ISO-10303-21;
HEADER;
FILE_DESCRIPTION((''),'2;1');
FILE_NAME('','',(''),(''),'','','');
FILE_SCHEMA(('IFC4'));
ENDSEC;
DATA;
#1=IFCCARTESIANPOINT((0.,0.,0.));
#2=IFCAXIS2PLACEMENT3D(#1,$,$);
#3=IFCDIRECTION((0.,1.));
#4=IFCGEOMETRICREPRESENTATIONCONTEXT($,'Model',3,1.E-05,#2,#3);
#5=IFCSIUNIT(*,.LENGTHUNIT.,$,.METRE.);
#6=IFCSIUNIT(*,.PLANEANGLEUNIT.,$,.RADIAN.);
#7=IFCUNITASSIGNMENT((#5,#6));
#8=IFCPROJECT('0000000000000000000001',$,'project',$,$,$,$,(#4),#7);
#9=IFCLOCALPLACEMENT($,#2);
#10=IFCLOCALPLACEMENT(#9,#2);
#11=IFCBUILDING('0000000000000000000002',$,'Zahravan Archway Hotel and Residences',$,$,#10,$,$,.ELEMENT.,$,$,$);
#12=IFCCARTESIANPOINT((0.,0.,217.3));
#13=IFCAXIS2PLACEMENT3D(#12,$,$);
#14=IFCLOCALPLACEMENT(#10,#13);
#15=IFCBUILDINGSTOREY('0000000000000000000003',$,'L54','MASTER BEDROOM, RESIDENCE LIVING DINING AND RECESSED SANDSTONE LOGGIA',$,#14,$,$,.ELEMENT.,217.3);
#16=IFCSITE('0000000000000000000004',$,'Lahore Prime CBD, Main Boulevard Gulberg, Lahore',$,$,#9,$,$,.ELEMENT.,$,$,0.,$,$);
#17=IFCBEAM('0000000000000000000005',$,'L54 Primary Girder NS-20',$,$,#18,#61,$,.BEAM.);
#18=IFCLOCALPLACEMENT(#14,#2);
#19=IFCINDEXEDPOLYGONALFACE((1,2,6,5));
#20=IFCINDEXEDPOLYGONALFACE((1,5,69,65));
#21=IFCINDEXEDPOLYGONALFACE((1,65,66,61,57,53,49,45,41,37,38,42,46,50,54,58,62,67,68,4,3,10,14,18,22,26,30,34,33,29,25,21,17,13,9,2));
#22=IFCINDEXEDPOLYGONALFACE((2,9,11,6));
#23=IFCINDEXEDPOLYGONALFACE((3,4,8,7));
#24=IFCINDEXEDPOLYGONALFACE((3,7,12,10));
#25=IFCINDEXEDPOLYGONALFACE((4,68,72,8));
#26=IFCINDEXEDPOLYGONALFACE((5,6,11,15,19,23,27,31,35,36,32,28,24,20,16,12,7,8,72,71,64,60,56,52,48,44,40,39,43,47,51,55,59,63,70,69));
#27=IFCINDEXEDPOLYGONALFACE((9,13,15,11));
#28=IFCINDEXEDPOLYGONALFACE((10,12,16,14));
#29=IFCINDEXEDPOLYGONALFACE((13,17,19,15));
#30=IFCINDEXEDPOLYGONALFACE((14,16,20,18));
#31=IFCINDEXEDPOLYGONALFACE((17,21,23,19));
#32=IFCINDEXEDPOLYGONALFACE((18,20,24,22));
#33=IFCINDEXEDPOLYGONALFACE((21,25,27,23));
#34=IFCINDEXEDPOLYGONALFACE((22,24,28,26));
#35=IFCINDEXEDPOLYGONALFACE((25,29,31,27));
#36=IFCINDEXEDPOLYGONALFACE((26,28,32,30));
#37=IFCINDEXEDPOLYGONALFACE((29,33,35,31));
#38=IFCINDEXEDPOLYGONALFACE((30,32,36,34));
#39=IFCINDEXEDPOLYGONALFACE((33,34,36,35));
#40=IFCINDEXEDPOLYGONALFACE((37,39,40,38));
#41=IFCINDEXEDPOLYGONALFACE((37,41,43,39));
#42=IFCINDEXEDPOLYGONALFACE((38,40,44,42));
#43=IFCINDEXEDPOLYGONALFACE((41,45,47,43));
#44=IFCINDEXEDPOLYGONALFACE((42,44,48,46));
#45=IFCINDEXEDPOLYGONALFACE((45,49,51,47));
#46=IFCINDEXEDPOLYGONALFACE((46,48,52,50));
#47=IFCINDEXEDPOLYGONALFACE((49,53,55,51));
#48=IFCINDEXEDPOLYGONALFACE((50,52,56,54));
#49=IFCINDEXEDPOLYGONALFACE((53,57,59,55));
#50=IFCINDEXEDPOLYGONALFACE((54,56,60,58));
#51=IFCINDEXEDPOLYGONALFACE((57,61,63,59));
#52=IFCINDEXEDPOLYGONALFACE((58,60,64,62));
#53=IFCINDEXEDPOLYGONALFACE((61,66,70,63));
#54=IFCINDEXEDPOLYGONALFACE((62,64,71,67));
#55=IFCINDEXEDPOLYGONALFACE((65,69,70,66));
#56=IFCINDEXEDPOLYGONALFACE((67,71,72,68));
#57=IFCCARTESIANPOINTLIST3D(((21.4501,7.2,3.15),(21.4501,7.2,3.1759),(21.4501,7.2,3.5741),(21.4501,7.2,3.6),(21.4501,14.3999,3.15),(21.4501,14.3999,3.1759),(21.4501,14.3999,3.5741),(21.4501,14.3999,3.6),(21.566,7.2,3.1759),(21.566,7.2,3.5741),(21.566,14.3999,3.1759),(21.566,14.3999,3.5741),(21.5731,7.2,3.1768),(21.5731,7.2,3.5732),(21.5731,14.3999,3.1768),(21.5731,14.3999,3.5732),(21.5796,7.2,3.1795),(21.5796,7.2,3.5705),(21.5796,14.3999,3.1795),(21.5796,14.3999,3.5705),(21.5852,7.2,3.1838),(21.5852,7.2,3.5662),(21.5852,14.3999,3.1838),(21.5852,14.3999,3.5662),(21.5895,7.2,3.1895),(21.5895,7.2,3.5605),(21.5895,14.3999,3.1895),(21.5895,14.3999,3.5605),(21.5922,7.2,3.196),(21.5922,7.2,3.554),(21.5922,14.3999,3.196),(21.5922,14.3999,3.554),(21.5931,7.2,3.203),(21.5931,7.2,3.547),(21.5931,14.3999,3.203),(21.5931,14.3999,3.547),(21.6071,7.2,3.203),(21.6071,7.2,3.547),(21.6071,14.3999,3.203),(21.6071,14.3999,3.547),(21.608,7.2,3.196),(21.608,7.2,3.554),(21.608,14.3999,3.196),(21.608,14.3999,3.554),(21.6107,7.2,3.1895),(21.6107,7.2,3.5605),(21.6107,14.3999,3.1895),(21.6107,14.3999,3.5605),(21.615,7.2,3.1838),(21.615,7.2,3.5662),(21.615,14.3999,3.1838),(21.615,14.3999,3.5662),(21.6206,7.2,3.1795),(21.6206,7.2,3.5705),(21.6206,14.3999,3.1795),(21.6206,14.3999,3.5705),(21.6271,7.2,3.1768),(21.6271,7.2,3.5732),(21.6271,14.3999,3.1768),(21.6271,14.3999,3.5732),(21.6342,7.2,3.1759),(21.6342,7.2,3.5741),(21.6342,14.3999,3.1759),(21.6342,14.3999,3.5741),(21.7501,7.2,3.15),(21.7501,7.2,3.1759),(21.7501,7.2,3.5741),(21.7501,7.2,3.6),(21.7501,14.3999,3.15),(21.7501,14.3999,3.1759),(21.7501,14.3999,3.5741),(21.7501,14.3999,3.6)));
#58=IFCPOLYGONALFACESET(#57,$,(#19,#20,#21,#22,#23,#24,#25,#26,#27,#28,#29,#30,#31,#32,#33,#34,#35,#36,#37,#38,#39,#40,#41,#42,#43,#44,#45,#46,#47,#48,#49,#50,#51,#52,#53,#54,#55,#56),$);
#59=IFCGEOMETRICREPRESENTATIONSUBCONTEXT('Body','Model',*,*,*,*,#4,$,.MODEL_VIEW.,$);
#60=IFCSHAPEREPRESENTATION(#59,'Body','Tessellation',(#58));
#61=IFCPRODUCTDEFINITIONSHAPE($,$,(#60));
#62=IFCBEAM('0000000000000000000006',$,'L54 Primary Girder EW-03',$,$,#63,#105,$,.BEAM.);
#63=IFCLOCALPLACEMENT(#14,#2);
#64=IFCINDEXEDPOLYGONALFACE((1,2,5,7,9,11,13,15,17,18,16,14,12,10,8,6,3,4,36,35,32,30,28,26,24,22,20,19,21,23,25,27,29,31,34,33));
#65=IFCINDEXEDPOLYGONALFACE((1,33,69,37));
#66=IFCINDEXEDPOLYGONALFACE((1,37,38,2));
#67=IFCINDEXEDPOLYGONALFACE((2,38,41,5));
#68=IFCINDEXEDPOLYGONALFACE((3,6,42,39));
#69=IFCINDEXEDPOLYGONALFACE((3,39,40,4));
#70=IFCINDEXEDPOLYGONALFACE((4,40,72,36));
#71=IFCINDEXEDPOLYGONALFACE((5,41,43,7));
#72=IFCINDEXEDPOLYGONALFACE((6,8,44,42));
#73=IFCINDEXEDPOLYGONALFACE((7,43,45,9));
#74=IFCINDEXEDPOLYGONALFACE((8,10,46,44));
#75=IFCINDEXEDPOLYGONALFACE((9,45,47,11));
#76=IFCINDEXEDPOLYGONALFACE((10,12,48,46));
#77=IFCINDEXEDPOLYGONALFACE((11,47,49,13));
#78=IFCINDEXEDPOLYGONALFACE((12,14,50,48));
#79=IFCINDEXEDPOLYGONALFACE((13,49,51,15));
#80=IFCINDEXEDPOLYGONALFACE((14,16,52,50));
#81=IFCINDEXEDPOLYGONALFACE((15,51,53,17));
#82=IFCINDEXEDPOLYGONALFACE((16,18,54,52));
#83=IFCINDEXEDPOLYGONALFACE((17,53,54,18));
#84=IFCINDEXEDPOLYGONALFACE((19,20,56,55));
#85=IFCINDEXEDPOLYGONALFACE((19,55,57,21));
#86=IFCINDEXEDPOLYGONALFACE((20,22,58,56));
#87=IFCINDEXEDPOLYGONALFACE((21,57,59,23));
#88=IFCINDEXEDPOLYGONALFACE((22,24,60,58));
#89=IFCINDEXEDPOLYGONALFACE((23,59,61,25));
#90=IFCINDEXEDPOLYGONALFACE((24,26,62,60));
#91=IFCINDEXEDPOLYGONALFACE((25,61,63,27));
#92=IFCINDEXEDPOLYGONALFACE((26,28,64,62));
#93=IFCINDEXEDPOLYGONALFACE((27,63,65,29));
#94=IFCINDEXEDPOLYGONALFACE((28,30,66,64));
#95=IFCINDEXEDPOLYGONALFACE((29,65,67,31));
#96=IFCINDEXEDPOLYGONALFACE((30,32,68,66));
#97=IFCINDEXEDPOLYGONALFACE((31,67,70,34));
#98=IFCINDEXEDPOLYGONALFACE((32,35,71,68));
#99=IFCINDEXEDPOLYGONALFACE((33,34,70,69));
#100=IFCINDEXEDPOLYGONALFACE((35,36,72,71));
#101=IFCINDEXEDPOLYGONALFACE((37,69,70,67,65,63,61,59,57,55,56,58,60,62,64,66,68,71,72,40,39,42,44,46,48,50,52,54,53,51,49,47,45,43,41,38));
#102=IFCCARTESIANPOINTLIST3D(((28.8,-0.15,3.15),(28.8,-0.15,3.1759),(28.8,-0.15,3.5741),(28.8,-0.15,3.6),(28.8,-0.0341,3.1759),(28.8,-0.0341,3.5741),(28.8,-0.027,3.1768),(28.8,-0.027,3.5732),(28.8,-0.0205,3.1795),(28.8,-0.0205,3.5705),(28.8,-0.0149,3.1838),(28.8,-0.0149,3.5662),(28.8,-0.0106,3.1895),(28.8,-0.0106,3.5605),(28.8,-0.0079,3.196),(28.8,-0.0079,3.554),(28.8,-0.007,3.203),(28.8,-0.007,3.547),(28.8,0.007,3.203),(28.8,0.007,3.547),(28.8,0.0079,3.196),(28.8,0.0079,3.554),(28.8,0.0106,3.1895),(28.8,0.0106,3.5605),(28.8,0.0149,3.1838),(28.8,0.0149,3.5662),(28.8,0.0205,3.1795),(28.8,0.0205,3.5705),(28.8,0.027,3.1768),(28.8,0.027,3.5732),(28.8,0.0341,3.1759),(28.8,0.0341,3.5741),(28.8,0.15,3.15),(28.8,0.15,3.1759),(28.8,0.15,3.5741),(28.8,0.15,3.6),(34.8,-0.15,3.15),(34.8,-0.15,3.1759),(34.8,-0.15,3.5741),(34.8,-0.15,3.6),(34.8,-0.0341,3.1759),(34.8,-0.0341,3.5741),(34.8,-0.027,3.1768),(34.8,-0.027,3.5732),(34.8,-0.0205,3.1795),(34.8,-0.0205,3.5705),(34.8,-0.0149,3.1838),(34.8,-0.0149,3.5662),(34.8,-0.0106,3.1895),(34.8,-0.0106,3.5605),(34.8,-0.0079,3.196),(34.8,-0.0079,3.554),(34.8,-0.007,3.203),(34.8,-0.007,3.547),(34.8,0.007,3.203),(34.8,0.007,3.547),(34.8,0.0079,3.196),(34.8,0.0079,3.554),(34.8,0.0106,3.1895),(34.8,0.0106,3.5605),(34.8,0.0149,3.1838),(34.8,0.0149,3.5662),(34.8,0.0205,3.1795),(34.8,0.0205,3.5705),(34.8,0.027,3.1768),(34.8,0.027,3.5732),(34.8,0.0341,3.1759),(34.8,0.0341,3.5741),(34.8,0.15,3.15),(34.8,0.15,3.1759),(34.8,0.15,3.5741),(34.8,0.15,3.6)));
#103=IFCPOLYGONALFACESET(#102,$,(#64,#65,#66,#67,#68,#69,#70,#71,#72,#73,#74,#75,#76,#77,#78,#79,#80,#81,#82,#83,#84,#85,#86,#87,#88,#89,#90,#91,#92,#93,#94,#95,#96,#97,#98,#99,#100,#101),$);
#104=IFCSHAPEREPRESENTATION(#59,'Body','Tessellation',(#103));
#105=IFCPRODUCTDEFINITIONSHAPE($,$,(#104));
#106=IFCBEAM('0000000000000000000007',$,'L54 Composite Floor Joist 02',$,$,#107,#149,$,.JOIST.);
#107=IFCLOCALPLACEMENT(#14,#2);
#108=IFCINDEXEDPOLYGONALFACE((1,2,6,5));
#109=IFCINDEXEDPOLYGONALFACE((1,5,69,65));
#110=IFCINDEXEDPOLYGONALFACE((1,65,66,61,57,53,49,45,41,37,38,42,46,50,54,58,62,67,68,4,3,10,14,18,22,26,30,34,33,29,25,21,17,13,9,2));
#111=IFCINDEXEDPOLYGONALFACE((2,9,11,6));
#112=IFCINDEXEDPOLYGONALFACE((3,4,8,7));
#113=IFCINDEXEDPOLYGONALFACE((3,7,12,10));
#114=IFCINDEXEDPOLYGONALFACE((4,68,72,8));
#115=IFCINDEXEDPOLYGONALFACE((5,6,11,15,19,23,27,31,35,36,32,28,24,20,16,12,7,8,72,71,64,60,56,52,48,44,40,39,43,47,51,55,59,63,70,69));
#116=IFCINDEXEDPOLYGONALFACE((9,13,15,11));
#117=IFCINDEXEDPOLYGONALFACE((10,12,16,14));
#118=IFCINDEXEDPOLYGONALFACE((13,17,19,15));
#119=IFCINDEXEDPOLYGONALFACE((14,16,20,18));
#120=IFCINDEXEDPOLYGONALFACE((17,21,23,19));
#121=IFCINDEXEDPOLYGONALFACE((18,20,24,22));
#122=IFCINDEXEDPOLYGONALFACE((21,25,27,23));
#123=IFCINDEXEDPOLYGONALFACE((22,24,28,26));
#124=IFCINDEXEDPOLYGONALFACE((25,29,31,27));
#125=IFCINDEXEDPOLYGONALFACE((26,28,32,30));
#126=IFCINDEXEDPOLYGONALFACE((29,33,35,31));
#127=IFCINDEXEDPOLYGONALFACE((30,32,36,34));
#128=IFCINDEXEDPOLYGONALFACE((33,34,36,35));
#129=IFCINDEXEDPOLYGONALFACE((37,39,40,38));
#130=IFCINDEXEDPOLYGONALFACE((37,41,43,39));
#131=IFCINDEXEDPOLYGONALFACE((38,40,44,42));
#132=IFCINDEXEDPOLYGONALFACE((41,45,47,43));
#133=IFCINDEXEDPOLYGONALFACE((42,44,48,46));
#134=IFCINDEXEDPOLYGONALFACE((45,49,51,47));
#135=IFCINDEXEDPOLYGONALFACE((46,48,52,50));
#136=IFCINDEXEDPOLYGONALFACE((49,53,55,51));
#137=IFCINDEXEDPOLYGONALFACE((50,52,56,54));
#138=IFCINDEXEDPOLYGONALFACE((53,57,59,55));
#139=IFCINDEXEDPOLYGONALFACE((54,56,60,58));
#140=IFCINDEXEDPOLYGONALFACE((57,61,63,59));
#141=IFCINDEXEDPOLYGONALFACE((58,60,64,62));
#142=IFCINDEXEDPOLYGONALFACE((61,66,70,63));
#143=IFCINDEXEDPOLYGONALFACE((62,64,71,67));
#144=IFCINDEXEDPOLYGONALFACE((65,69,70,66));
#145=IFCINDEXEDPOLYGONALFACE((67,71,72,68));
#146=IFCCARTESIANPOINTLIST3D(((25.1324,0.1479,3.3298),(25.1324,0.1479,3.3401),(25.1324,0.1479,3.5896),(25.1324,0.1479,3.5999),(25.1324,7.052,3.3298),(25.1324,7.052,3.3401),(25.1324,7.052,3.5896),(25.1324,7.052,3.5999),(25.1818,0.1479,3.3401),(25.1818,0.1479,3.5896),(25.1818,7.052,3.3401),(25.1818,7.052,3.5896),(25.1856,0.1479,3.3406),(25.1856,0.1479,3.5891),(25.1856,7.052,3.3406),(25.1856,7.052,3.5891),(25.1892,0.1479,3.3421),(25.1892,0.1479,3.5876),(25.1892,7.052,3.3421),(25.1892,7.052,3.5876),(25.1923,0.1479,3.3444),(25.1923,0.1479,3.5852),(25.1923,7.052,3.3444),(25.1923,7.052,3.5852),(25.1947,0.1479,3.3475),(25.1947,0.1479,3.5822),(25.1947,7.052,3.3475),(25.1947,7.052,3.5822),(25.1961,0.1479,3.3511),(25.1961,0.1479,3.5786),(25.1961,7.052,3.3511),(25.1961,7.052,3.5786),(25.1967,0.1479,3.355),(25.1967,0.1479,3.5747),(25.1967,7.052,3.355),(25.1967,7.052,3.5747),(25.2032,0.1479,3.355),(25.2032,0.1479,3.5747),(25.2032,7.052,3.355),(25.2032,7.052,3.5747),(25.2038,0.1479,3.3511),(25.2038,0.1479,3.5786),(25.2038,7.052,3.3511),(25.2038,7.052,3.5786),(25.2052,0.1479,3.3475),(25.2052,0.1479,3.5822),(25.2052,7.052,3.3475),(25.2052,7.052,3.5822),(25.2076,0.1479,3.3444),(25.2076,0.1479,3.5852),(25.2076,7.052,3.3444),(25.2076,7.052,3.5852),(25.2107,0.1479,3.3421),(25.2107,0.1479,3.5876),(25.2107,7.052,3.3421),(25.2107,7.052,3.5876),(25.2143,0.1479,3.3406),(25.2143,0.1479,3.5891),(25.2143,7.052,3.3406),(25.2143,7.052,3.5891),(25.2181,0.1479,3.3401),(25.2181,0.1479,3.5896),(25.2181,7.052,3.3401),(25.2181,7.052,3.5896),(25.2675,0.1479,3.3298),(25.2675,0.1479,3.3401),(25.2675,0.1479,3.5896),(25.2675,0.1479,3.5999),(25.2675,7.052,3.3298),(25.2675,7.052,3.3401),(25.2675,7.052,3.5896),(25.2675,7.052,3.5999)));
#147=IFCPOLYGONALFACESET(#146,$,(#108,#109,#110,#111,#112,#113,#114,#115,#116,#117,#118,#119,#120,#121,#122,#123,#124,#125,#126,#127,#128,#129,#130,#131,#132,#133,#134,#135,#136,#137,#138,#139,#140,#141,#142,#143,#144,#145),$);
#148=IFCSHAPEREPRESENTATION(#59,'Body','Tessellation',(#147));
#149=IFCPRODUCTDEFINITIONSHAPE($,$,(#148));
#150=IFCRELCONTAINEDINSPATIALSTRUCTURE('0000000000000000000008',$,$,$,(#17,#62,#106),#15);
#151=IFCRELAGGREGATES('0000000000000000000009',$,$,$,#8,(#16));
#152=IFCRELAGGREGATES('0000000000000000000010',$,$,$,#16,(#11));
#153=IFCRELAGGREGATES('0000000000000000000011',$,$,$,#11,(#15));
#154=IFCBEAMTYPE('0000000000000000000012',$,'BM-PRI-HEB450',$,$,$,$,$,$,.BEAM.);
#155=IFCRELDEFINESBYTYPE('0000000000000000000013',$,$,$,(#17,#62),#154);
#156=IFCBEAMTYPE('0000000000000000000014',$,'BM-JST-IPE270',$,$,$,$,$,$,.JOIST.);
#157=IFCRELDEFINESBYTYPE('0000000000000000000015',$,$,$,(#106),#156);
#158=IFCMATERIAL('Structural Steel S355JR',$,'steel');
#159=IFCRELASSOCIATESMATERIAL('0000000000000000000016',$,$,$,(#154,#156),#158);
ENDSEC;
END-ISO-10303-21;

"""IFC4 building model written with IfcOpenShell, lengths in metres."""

from ifc_helpers import new_model, si_unit, direction, frame, origin, origin_2d, place, context, subcontext, project, spatial, i_section, extrude, source, transform, mapped, material, material_profile, profile_set, type_object, type_shapes, element, save


model = new_model("IFC4")

# Units and contexts
model_context = context("Model", 3, precision=1e-05, world=origin(), true_north=direction((0.0, 1.0)))
body_context = subcontext(model_context, "Body", "Model", "MODEL_VIEW")
ifc_project = project(units=[si_unit("LENGTHUNIT", "METRE"), si_unit("PLANEANGLEUNIT", "RADIAN")], contexts=[model_context])

# Site, building, storey
site_placement = place(None, origin())
site = spatial("IfcSite", under=ifc_project, at=site_placement, Name="Lahore Prime CBD, Main Boulevard Gulberg, Lahore", CompositionType="ELEMENT", RefElevation=0.0)
building_placement = place(site_placement, origin())
building = spatial("IfcBuilding", under=site, at=building_placement, Name="Zahravan Archway Hotel and Residences", CompositionType="ELEMENT")
storey_placement = place(building_placement, frame((0.0, 0.0, 217.3)))
storey = spatial("IfcBuildingStorey", under=building, at=storey_placement, Name="L54", Description="MASTER BEDROOM, RESIDENCE LIVING DINING AND RECESSED SANDSTONE LOGGIA", CompositionType="ELEMENT", Elevation=217.3)

# Beams
ifc_material_1 = material(Name="Structural Steel S355JR", Category="steel")
ifc_material_profile_1 = material_profile(ifc_material_1, i_section(OverallWidth=0.3, OverallDepth=0.45, WebThickness=0.0139, FlangeThickness=0.0259, FilletRadius=0.0271, at=origin_2d()), Name="HEB 450", Category="steel")
ifc_profile_set_1 = profile_set([ifc_material_profile_1], Name="Structural Steel S355JR")
beam_type_1 = type_object("IfcBeamType", Name="BM-PRI-HEB450", PredefinedType="BEAM", material=ifc_profile_set_1)
shared_shape_1 = source(origin(), body_context, "Body", "SweptSolid", [
    extrude(i_section(OverallWidth=0.3, OverallDepth=0.45, WebThickness=0.0139, FlangeThickness=0.0259, FilletRadius=0.0271, at=origin_2d()), origin(), (0.0, 0.0, 1.0), 7.2),
])
for number, where, z_axis, x_axis, name in (
    (1, (21.6001, 7.2, 3.375), (0.0, 1.0, 0.0), (-1.0, 0.0, 0.0), "L54 Primary Girder NS-20"),
):
    element("IfcBeam", number, at=place(storey_placement, frame(where, z_axis=z_axis, x_axis=x_axis)), inside=storey, type_object=beam_type_1, Name=name, PredefinedType="BEAM", context=body_context, shape_type="MappedRepresentation", body=[
        mapped(shared_shape_1, transform((0.0, 0.0, 0.0), scale=1.0)),
    ])
shared_shape_2 = source(origin(), body_context, "Body", "SweptSolid", [
    extrude(i_section(OverallWidth=0.3, OverallDepth=0.45, WebThickness=0.0139, FlangeThickness=0.0259, FilletRadius=0.0271, at=origin_2d()), origin(), (0.0, 0.0, 1.0), 6.0),
])
beam_1_placement = place(storey_placement, frame((28.8, 0.0, 3.375), z_axis=(1.0, 0.0, 0.0), x_axis=(0.0, 1.0, 0.0)))
element("IfcBeam", 2, at=beam_1_placement, inside=storey, type_object=beam_type_1, Name="L54 Primary Girder EW-03", PredefinedType="BEAM", context=body_context, shape_type="MappedRepresentation", body=[
    mapped(shared_shape_2, transform((0.0, 0.0, 0.0), scale=1.0)),
])
ifc_material_profile_2 = material_profile(ifc_material_1, i_section(OverallWidth=0.135, OverallDepth=0.27, WebThickness=0.0066, FlangeThickness=0.0103, FilletRadius=0.0149, at=origin_2d()), Name="IPE 270", Category="steel")
ifc_profile_set_2 = profile_set([ifc_material_profile_2], Name="Structural Steel S355JR")
beam_type_2 = type_object("IfcBeamType", Name="BM-JST-IPE270", PredefinedType="JOIST", material=ifc_profile_set_2)
shared_shape_3 = source(origin(), body_context, "Body", "SweptSolid", [
    extrude(i_section(OverallWidth=0.135, OverallDepth=0.27, WebThickness=0.0066, FlangeThickness=0.0103, FilletRadius=0.0149, at=origin_2d()), origin(), (0.0, 0.0, 1.0), 6.9041),
])
type_shapes(beam_type_2, [shared_shape_3])
beam_2_placement = place(storey_placement, frame((25.2, 0.1479, 3.4648), z_axis=(0.0, 1.0, 0.0), x_axis=(-1.0, 0.0, 0.0)))
element("IfcBeam", 3, at=beam_2_placement, inside=storey, type_object=beam_type_2, Name="L54 Composite Floor Joist 02", PredefinedType="JOIST", context=body_context, shape_type="MappedRepresentation", body=[
    mapped(shared_shape_3, transform((0.0, 0.0, 0.0), scale=1.0)),
])

save(model, "model.ifc")
